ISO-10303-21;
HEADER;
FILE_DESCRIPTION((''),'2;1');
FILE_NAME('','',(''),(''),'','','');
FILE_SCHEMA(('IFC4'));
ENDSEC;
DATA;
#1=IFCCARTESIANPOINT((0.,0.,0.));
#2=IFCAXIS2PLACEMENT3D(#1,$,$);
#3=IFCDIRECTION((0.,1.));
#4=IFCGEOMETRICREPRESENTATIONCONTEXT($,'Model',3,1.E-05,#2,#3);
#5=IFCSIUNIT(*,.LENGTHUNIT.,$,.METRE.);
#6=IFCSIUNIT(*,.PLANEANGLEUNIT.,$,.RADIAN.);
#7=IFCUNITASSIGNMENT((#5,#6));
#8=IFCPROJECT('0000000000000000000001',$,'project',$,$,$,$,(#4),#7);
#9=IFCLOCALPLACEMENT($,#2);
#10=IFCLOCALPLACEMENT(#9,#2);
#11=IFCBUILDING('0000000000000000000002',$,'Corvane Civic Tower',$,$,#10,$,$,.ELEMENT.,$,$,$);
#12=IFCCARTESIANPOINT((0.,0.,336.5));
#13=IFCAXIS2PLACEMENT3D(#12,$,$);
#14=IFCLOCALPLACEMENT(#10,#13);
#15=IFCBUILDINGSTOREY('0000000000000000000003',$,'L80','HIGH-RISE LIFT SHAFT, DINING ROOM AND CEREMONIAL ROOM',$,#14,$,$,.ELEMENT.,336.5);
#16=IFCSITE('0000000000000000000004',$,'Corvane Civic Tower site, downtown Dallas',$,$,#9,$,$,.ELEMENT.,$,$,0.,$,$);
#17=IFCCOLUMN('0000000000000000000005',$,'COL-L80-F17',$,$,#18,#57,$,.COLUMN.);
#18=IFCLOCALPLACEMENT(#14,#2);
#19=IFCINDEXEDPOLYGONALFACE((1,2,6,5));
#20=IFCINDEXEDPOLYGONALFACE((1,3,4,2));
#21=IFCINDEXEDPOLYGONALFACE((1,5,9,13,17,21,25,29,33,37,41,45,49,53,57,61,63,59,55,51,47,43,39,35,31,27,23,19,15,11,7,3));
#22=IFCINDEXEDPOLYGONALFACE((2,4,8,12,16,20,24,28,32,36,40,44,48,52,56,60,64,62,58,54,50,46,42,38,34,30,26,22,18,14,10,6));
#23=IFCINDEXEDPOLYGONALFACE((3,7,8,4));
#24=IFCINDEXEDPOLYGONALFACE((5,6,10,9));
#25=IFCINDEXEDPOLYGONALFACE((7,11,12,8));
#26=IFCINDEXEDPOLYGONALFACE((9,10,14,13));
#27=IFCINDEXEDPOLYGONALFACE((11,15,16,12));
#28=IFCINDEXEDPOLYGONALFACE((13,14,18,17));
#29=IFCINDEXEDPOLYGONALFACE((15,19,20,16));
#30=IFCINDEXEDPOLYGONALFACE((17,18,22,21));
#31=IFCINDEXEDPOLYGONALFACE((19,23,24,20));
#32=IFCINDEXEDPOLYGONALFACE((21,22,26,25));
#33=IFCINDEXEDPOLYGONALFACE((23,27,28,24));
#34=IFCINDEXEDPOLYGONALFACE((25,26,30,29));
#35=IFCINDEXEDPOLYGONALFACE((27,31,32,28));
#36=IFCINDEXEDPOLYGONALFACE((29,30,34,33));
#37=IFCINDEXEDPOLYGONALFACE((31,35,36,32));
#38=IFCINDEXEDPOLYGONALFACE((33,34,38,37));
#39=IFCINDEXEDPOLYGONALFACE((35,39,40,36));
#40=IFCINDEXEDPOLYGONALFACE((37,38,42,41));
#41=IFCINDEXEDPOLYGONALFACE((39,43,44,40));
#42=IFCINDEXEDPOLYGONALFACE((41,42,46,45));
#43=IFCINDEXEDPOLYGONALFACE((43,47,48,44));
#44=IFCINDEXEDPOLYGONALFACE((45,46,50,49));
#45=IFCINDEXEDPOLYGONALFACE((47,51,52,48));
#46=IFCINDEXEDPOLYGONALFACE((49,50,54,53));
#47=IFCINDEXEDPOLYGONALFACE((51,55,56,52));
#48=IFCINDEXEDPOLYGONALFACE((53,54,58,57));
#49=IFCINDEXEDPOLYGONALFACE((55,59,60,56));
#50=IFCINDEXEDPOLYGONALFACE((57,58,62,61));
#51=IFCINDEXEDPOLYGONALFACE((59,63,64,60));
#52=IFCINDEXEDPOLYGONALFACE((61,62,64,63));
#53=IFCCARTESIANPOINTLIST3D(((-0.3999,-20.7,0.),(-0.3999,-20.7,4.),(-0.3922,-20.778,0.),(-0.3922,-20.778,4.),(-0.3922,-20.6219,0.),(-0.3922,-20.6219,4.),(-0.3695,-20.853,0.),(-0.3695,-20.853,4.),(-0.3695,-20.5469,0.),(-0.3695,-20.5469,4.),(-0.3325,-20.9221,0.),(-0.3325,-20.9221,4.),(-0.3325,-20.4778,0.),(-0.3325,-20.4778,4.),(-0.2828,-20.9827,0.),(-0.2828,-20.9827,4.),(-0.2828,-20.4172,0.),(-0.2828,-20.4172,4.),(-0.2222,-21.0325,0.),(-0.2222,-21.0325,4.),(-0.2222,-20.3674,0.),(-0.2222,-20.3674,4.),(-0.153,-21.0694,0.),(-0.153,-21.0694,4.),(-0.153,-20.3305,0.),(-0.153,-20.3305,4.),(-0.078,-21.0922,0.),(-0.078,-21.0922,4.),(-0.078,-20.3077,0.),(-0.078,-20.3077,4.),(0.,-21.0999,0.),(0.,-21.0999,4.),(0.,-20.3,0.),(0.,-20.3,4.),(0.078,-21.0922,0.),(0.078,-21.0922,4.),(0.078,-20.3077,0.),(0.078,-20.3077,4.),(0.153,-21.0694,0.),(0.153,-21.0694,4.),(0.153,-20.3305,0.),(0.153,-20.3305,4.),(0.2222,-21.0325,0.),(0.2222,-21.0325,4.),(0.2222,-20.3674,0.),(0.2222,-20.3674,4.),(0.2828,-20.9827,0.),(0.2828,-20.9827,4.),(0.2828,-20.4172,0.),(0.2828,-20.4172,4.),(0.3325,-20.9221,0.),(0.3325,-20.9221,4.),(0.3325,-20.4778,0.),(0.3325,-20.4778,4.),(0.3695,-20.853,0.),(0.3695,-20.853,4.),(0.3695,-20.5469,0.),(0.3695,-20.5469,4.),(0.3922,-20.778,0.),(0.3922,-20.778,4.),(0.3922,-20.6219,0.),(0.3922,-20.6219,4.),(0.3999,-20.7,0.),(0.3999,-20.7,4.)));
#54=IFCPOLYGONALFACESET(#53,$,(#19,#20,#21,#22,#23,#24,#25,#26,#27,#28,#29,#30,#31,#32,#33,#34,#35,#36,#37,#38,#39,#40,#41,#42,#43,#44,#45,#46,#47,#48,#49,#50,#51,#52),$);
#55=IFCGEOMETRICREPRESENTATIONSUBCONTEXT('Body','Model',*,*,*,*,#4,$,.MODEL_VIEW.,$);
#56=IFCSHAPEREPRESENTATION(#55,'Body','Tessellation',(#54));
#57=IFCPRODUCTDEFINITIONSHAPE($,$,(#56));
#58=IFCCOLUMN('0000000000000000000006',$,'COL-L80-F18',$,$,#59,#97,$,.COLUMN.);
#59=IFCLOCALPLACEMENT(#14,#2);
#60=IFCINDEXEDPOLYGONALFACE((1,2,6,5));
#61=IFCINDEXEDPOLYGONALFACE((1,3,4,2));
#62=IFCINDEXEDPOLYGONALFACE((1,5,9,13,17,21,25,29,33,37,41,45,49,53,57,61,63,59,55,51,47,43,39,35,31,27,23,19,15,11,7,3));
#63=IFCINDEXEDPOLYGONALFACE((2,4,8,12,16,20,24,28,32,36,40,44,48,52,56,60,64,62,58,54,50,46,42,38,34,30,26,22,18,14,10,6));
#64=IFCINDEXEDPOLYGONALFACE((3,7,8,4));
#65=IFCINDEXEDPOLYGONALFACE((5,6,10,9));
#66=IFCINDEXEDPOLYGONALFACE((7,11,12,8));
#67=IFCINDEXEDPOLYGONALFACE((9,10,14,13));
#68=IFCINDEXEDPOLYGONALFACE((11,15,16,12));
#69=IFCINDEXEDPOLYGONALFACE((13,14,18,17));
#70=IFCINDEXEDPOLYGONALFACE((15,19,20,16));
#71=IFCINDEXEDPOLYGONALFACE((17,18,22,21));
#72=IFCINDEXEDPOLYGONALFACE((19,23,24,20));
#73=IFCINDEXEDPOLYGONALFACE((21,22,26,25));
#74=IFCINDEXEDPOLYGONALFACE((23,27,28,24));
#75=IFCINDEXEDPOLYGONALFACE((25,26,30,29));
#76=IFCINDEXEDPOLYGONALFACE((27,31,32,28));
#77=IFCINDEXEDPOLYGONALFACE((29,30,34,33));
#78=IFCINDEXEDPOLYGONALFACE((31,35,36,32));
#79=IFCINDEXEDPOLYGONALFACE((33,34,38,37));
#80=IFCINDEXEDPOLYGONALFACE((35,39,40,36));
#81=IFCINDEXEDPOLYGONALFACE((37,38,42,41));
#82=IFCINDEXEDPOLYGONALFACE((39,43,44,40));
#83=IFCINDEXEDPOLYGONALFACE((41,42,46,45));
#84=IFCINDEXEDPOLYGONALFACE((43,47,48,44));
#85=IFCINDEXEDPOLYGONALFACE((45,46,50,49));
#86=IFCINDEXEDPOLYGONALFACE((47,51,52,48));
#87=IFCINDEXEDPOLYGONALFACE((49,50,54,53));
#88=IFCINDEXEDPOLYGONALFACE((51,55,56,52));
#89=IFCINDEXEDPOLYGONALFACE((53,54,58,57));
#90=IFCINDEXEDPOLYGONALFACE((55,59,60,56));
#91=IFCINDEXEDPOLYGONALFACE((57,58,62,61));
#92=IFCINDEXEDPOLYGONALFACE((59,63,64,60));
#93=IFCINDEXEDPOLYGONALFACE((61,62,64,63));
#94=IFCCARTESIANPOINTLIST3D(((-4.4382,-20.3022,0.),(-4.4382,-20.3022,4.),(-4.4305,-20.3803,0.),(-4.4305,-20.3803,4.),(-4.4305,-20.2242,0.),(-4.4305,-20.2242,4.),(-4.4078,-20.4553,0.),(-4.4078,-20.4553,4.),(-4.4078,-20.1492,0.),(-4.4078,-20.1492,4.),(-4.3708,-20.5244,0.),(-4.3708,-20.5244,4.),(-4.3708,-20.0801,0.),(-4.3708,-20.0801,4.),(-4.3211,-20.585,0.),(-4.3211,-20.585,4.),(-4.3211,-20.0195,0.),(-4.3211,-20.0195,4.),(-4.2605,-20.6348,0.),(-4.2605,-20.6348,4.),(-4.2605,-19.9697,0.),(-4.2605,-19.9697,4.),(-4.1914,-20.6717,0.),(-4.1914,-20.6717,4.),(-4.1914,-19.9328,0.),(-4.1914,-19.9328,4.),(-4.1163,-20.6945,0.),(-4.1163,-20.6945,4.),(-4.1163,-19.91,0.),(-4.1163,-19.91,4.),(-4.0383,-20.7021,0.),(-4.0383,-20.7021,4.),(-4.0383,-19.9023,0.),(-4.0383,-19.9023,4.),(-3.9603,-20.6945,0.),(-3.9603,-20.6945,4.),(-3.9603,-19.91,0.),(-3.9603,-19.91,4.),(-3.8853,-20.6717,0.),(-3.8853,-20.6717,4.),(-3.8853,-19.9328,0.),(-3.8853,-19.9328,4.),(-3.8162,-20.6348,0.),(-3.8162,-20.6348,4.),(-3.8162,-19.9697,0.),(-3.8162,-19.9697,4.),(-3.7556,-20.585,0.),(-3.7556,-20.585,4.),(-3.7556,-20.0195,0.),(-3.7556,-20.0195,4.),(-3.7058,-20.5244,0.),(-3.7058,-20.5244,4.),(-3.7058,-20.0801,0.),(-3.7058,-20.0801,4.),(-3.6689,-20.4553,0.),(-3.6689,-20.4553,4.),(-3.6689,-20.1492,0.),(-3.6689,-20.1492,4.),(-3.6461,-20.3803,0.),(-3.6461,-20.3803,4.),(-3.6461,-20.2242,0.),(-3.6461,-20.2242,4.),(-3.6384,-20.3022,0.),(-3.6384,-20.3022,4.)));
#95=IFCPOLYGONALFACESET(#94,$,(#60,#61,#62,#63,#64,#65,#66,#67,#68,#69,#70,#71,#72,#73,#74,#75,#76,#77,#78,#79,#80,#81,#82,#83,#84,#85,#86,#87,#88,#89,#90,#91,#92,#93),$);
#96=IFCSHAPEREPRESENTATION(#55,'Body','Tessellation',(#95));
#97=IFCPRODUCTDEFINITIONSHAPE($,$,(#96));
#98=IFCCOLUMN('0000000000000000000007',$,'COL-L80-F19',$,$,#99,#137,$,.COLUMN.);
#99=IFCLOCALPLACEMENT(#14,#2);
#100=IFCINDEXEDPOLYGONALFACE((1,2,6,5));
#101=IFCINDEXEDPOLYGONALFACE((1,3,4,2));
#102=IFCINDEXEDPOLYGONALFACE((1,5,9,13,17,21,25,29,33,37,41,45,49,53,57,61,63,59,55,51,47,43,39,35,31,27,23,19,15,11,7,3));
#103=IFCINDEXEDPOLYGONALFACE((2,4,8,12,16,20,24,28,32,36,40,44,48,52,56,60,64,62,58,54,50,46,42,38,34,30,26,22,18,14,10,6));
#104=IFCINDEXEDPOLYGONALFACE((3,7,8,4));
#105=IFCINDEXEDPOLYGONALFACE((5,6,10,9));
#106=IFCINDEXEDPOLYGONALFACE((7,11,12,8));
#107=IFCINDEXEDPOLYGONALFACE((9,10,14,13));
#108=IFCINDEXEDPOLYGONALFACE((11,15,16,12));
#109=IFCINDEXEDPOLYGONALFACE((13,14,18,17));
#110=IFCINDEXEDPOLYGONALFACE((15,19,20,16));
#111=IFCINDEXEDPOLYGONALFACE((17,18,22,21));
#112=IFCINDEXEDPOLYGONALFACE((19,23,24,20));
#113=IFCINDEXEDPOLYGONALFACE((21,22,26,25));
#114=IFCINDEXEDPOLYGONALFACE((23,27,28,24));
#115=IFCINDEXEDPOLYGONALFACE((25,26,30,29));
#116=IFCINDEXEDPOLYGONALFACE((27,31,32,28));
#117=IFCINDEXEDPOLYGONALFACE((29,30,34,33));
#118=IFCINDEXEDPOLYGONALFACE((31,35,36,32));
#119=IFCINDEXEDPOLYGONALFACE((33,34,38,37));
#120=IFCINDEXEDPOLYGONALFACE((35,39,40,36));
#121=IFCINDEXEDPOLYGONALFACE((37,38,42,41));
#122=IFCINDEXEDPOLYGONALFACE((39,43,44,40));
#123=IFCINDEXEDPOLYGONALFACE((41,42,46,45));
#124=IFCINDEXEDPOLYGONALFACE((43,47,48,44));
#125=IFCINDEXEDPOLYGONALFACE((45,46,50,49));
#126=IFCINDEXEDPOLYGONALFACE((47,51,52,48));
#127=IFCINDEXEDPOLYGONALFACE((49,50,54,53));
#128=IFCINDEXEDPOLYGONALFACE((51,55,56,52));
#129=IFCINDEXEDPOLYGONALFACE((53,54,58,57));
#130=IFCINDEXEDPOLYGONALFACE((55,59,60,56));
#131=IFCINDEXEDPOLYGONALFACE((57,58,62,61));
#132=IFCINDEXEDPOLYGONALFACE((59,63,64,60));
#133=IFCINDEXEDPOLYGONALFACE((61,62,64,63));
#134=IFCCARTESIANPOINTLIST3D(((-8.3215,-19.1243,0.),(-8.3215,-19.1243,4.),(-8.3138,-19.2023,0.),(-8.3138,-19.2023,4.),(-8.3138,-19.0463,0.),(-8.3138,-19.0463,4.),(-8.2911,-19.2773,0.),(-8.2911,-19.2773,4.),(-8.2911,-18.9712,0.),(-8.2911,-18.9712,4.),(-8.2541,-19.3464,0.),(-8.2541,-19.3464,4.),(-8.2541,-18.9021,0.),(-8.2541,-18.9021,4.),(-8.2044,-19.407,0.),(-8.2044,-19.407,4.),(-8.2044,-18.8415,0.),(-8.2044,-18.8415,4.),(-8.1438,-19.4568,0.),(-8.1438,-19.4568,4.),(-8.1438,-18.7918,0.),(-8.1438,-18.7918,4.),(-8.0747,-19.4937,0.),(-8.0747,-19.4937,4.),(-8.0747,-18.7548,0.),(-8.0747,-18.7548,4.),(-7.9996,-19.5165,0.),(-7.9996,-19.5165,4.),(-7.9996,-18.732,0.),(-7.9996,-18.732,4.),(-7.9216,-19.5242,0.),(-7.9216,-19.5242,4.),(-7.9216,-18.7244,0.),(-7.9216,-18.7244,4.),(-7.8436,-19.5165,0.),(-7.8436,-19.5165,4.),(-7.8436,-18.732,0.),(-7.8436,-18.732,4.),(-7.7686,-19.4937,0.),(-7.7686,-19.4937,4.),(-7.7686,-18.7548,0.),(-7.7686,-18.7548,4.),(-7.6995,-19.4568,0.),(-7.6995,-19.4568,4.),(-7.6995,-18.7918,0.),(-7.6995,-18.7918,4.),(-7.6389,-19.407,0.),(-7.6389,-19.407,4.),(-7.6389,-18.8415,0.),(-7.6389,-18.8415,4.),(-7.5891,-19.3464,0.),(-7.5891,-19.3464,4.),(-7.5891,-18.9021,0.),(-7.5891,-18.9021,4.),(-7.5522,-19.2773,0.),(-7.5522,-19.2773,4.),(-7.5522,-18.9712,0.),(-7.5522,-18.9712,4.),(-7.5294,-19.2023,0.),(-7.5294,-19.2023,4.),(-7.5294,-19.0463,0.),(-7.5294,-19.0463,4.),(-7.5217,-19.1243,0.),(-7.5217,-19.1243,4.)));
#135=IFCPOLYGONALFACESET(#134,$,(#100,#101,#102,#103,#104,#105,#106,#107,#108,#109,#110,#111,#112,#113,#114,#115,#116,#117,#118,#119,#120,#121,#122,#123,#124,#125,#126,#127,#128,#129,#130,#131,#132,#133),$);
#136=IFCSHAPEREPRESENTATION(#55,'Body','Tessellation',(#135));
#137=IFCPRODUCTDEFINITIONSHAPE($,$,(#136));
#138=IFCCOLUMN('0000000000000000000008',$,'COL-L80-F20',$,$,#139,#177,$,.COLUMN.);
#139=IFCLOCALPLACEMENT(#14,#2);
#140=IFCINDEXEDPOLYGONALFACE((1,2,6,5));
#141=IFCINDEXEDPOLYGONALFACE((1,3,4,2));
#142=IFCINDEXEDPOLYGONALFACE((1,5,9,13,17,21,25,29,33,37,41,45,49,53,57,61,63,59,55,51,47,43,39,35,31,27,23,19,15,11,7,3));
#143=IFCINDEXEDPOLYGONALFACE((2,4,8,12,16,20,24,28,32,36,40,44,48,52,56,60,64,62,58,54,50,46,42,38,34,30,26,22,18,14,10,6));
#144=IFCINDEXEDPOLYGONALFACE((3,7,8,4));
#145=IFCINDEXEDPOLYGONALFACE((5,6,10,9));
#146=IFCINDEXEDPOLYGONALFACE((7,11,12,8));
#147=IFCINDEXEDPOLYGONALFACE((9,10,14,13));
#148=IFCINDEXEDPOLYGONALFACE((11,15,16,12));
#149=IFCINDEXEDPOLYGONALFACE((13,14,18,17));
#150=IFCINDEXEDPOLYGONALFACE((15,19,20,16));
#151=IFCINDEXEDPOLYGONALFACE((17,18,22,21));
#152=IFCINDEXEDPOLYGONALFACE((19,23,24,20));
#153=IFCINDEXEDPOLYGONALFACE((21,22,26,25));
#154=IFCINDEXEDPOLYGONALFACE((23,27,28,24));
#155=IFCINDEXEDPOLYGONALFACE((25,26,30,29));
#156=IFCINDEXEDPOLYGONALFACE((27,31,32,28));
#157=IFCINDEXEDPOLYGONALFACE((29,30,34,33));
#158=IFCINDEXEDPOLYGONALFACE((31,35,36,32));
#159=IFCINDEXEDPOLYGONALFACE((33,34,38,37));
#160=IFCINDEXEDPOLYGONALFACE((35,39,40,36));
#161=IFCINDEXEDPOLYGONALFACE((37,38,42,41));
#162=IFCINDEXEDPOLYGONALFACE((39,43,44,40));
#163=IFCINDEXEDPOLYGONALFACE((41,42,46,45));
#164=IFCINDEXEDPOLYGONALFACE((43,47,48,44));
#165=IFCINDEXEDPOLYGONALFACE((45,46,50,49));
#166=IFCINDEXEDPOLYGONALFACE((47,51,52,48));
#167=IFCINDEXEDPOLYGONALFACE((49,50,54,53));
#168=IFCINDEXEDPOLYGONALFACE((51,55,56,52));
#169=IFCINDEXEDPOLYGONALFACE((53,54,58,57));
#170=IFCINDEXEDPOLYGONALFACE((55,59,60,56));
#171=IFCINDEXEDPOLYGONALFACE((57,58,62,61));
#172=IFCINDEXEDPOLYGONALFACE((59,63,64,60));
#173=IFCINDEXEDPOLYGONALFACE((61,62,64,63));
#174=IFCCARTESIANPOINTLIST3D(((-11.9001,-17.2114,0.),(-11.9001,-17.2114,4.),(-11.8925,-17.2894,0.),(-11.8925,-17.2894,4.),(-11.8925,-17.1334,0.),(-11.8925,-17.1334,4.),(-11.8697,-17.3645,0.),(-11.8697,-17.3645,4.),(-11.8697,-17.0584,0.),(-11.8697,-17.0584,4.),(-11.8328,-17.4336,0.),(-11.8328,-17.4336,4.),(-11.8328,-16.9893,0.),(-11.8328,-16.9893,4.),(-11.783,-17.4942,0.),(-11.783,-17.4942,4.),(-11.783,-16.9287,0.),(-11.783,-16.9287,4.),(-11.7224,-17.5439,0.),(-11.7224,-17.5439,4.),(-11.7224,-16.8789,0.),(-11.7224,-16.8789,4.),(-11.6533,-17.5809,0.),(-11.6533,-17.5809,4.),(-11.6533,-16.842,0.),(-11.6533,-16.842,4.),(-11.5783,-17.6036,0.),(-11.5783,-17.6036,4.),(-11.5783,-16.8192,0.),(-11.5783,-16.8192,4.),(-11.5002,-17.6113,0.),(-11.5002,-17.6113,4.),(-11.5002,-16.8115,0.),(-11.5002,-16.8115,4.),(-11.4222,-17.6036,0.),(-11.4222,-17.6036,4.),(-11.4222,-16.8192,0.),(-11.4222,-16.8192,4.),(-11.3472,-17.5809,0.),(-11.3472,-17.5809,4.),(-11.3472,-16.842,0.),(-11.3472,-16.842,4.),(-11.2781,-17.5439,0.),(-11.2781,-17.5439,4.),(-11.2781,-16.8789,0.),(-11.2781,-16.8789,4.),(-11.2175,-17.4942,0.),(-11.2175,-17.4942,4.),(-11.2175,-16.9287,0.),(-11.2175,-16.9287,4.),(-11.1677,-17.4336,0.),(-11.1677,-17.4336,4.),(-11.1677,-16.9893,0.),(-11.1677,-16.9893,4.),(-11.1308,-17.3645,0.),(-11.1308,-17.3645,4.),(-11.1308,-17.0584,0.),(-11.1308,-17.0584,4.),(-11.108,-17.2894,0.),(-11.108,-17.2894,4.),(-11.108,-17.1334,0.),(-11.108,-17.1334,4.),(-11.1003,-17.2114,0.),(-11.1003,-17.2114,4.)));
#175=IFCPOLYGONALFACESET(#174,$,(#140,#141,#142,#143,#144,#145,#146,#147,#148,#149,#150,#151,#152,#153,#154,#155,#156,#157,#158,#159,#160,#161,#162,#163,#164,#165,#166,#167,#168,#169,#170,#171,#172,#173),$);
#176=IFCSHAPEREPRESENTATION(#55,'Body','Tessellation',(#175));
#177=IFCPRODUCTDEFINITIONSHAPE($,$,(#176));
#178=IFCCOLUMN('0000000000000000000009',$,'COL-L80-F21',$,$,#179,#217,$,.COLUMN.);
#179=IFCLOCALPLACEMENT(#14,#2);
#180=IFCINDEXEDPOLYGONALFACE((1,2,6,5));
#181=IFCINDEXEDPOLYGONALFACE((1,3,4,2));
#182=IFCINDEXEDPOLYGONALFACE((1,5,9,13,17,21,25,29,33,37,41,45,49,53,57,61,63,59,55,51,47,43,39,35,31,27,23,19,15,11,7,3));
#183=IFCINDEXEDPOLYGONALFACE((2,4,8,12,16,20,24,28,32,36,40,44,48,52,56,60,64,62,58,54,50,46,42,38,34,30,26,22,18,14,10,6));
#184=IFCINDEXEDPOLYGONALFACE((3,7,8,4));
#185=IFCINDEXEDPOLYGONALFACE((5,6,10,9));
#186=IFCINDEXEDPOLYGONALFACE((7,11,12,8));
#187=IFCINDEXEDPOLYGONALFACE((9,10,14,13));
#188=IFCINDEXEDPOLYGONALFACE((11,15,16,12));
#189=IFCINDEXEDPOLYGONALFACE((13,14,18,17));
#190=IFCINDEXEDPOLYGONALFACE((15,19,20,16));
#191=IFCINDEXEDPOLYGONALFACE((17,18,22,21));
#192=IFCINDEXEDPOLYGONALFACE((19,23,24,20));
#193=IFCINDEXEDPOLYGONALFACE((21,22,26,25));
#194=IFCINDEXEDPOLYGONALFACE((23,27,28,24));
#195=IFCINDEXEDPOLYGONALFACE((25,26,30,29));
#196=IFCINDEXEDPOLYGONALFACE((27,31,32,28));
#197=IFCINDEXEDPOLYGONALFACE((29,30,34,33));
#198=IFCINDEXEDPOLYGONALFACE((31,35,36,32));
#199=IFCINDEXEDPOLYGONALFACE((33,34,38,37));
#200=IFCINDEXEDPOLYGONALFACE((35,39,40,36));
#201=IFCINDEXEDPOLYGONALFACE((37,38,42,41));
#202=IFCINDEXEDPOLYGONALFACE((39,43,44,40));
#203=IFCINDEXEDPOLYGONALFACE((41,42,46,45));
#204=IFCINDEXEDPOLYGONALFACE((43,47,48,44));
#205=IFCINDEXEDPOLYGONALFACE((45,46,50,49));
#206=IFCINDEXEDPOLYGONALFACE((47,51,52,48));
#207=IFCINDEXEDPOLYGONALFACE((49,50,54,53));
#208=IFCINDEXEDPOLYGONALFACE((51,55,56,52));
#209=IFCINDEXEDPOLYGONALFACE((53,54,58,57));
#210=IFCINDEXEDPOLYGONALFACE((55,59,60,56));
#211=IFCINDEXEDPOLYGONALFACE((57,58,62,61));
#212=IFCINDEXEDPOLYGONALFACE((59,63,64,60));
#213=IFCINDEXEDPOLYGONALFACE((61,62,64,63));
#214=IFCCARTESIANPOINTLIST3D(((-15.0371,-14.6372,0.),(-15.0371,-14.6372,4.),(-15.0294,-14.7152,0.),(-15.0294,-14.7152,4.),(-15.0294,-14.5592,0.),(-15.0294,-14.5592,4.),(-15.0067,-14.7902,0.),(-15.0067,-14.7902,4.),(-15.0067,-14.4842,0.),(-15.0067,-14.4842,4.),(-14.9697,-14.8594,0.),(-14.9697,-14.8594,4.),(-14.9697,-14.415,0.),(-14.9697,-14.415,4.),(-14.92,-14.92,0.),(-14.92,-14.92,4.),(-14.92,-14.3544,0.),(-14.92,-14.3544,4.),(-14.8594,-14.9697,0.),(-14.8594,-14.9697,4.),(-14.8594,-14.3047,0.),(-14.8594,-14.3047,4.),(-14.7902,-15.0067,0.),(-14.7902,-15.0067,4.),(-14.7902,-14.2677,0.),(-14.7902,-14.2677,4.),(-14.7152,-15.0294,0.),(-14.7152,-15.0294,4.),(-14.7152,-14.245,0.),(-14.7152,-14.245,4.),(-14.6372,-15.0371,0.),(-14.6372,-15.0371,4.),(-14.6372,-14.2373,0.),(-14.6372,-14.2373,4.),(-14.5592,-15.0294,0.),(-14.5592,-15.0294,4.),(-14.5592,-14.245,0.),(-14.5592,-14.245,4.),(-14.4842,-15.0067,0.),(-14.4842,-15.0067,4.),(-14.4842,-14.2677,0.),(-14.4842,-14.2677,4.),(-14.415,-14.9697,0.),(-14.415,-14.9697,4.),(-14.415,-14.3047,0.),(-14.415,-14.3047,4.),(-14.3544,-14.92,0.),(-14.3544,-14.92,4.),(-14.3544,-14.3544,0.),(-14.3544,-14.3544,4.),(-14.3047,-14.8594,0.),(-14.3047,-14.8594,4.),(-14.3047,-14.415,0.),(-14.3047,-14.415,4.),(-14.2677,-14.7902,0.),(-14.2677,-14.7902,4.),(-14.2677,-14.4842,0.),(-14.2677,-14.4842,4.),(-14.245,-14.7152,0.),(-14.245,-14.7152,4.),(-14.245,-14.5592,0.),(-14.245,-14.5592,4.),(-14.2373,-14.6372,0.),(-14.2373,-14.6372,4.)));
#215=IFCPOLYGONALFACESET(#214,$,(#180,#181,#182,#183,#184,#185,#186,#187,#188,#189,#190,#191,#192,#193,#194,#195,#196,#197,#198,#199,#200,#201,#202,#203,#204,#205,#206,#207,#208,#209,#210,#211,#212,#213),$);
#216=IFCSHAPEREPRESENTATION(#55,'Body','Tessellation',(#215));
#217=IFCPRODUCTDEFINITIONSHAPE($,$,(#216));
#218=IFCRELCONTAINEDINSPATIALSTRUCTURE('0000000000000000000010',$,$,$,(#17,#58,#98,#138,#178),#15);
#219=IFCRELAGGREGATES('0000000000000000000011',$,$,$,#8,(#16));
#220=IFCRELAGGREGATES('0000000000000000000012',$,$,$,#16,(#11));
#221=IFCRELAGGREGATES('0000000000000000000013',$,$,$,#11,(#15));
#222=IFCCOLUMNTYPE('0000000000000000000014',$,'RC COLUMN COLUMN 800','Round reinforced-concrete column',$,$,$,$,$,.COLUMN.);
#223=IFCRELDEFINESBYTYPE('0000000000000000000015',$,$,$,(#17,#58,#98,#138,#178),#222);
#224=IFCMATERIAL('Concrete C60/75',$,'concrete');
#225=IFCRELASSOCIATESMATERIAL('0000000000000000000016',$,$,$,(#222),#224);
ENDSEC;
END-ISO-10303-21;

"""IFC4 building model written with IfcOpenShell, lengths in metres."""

from ifc_helpers import new_model, si_unit, direction, frame, origin, origin_2d, place, context, subcontext, project, spatial, circle, extrude, material, material_profile, profile_set, type_object, element, save


model = new_model("IFC4")

# Units and contexts
model_context = context("Model", 3, precision=1e-05, world=origin(), true_north=direction((0.0, 1.0)))
body_context = subcontext(model_context, "Body", "Model", "MODEL_VIEW")
ifc_project = project(units=[si_unit("LENGTHUNIT", "METRE"), si_unit("PLANEANGLEUNIT", "RADIAN")], contexts=[model_context])

# Site, building, storey
site_placement = place(None, origin())
site = spatial("IfcSite", under=ifc_project, at=site_placement, Name="Corvane Civic Tower site, downtown Dallas", CompositionType="ELEMENT", RefElevation=0.0)
building_placement = place(site_placement, origin())
building = spatial("IfcBuilding", under=site, at=building_placement, Name="Corvane Civic Tower", CompositionType="ELEMENT")
storey_placement = place(building_placement, frame((0.0, 0.0, 336.5)))
storey = spatial("IfcBuildingStorey", under=building, at=storey_placement, Name="L80", Description="HIGH-RISE LIFT SHAFT, DINING ROOM AND CEREMONIAL ROOM", CompositionType="ELEMENT", Elevation=336.5)

# Columns
ifc_material_1 = material(Name="Concrete C60/75", Category="concrete")
ifc_material_profile_1 = material_profile(ifc_material_1, circle(Radius=0.3999, at=origin_2d()), Name="COLUMN 800")
ifc_profile_set_1 = profile_set([ifc_material_profile_1], Name="Concrete C60/75")
column_type = type_object("IfcColumnType", Name="RC COLUMN COLUMN 800", Description="Round reinforced-concrete column", PredefinedType="COLUMN", material=ifc_profile_set_1)
for number, where, z_axis, x_axis, name in (
    (1, (0.0, -20.7, 0.0), (0.0, 0.0, 1.0), (1.0, 0.0, 0.0), "COL-L80-F17"),
    (2, (-4.0383, -20.3022, 0.0), (0.0, 0.0, 1.0), (1.0, 0.0, 0.0), "COL-L80-F18"),
    (3, (-7.9216, -19.1243, 0.0), (0.0, 0.0, 1.0), (1.0, 0.0, 0.0), "COL-L80-F19"),
    (4, (-11.5002, -17.2114, 0.0), (0.0, 0.0, 1.0), (1.0, 0.0, 0.0), "COL-L80-F20"),
    (5, (-14.6372, -14.6372, 0.0), (0.0, 0.0, 1.0), (1.0, 0.0, 0.0), "COL-L80-F21"),
):
    element("IfcColumn", number, at=place(storey_placement, frame(where, z_axis=z_axis, x_axis=x_axis)), inside=storey, type_object=column_type, Name=name, PredefinedType="COLUMN", context=body_context, shape_type="SweptSolid", body=[
        extrude(circle(Radius=0.3999, at=origin_2d()), origin(), (0.0, 0.0, 1.0), 4.0),
    ])

save(model, "model.ifc")
